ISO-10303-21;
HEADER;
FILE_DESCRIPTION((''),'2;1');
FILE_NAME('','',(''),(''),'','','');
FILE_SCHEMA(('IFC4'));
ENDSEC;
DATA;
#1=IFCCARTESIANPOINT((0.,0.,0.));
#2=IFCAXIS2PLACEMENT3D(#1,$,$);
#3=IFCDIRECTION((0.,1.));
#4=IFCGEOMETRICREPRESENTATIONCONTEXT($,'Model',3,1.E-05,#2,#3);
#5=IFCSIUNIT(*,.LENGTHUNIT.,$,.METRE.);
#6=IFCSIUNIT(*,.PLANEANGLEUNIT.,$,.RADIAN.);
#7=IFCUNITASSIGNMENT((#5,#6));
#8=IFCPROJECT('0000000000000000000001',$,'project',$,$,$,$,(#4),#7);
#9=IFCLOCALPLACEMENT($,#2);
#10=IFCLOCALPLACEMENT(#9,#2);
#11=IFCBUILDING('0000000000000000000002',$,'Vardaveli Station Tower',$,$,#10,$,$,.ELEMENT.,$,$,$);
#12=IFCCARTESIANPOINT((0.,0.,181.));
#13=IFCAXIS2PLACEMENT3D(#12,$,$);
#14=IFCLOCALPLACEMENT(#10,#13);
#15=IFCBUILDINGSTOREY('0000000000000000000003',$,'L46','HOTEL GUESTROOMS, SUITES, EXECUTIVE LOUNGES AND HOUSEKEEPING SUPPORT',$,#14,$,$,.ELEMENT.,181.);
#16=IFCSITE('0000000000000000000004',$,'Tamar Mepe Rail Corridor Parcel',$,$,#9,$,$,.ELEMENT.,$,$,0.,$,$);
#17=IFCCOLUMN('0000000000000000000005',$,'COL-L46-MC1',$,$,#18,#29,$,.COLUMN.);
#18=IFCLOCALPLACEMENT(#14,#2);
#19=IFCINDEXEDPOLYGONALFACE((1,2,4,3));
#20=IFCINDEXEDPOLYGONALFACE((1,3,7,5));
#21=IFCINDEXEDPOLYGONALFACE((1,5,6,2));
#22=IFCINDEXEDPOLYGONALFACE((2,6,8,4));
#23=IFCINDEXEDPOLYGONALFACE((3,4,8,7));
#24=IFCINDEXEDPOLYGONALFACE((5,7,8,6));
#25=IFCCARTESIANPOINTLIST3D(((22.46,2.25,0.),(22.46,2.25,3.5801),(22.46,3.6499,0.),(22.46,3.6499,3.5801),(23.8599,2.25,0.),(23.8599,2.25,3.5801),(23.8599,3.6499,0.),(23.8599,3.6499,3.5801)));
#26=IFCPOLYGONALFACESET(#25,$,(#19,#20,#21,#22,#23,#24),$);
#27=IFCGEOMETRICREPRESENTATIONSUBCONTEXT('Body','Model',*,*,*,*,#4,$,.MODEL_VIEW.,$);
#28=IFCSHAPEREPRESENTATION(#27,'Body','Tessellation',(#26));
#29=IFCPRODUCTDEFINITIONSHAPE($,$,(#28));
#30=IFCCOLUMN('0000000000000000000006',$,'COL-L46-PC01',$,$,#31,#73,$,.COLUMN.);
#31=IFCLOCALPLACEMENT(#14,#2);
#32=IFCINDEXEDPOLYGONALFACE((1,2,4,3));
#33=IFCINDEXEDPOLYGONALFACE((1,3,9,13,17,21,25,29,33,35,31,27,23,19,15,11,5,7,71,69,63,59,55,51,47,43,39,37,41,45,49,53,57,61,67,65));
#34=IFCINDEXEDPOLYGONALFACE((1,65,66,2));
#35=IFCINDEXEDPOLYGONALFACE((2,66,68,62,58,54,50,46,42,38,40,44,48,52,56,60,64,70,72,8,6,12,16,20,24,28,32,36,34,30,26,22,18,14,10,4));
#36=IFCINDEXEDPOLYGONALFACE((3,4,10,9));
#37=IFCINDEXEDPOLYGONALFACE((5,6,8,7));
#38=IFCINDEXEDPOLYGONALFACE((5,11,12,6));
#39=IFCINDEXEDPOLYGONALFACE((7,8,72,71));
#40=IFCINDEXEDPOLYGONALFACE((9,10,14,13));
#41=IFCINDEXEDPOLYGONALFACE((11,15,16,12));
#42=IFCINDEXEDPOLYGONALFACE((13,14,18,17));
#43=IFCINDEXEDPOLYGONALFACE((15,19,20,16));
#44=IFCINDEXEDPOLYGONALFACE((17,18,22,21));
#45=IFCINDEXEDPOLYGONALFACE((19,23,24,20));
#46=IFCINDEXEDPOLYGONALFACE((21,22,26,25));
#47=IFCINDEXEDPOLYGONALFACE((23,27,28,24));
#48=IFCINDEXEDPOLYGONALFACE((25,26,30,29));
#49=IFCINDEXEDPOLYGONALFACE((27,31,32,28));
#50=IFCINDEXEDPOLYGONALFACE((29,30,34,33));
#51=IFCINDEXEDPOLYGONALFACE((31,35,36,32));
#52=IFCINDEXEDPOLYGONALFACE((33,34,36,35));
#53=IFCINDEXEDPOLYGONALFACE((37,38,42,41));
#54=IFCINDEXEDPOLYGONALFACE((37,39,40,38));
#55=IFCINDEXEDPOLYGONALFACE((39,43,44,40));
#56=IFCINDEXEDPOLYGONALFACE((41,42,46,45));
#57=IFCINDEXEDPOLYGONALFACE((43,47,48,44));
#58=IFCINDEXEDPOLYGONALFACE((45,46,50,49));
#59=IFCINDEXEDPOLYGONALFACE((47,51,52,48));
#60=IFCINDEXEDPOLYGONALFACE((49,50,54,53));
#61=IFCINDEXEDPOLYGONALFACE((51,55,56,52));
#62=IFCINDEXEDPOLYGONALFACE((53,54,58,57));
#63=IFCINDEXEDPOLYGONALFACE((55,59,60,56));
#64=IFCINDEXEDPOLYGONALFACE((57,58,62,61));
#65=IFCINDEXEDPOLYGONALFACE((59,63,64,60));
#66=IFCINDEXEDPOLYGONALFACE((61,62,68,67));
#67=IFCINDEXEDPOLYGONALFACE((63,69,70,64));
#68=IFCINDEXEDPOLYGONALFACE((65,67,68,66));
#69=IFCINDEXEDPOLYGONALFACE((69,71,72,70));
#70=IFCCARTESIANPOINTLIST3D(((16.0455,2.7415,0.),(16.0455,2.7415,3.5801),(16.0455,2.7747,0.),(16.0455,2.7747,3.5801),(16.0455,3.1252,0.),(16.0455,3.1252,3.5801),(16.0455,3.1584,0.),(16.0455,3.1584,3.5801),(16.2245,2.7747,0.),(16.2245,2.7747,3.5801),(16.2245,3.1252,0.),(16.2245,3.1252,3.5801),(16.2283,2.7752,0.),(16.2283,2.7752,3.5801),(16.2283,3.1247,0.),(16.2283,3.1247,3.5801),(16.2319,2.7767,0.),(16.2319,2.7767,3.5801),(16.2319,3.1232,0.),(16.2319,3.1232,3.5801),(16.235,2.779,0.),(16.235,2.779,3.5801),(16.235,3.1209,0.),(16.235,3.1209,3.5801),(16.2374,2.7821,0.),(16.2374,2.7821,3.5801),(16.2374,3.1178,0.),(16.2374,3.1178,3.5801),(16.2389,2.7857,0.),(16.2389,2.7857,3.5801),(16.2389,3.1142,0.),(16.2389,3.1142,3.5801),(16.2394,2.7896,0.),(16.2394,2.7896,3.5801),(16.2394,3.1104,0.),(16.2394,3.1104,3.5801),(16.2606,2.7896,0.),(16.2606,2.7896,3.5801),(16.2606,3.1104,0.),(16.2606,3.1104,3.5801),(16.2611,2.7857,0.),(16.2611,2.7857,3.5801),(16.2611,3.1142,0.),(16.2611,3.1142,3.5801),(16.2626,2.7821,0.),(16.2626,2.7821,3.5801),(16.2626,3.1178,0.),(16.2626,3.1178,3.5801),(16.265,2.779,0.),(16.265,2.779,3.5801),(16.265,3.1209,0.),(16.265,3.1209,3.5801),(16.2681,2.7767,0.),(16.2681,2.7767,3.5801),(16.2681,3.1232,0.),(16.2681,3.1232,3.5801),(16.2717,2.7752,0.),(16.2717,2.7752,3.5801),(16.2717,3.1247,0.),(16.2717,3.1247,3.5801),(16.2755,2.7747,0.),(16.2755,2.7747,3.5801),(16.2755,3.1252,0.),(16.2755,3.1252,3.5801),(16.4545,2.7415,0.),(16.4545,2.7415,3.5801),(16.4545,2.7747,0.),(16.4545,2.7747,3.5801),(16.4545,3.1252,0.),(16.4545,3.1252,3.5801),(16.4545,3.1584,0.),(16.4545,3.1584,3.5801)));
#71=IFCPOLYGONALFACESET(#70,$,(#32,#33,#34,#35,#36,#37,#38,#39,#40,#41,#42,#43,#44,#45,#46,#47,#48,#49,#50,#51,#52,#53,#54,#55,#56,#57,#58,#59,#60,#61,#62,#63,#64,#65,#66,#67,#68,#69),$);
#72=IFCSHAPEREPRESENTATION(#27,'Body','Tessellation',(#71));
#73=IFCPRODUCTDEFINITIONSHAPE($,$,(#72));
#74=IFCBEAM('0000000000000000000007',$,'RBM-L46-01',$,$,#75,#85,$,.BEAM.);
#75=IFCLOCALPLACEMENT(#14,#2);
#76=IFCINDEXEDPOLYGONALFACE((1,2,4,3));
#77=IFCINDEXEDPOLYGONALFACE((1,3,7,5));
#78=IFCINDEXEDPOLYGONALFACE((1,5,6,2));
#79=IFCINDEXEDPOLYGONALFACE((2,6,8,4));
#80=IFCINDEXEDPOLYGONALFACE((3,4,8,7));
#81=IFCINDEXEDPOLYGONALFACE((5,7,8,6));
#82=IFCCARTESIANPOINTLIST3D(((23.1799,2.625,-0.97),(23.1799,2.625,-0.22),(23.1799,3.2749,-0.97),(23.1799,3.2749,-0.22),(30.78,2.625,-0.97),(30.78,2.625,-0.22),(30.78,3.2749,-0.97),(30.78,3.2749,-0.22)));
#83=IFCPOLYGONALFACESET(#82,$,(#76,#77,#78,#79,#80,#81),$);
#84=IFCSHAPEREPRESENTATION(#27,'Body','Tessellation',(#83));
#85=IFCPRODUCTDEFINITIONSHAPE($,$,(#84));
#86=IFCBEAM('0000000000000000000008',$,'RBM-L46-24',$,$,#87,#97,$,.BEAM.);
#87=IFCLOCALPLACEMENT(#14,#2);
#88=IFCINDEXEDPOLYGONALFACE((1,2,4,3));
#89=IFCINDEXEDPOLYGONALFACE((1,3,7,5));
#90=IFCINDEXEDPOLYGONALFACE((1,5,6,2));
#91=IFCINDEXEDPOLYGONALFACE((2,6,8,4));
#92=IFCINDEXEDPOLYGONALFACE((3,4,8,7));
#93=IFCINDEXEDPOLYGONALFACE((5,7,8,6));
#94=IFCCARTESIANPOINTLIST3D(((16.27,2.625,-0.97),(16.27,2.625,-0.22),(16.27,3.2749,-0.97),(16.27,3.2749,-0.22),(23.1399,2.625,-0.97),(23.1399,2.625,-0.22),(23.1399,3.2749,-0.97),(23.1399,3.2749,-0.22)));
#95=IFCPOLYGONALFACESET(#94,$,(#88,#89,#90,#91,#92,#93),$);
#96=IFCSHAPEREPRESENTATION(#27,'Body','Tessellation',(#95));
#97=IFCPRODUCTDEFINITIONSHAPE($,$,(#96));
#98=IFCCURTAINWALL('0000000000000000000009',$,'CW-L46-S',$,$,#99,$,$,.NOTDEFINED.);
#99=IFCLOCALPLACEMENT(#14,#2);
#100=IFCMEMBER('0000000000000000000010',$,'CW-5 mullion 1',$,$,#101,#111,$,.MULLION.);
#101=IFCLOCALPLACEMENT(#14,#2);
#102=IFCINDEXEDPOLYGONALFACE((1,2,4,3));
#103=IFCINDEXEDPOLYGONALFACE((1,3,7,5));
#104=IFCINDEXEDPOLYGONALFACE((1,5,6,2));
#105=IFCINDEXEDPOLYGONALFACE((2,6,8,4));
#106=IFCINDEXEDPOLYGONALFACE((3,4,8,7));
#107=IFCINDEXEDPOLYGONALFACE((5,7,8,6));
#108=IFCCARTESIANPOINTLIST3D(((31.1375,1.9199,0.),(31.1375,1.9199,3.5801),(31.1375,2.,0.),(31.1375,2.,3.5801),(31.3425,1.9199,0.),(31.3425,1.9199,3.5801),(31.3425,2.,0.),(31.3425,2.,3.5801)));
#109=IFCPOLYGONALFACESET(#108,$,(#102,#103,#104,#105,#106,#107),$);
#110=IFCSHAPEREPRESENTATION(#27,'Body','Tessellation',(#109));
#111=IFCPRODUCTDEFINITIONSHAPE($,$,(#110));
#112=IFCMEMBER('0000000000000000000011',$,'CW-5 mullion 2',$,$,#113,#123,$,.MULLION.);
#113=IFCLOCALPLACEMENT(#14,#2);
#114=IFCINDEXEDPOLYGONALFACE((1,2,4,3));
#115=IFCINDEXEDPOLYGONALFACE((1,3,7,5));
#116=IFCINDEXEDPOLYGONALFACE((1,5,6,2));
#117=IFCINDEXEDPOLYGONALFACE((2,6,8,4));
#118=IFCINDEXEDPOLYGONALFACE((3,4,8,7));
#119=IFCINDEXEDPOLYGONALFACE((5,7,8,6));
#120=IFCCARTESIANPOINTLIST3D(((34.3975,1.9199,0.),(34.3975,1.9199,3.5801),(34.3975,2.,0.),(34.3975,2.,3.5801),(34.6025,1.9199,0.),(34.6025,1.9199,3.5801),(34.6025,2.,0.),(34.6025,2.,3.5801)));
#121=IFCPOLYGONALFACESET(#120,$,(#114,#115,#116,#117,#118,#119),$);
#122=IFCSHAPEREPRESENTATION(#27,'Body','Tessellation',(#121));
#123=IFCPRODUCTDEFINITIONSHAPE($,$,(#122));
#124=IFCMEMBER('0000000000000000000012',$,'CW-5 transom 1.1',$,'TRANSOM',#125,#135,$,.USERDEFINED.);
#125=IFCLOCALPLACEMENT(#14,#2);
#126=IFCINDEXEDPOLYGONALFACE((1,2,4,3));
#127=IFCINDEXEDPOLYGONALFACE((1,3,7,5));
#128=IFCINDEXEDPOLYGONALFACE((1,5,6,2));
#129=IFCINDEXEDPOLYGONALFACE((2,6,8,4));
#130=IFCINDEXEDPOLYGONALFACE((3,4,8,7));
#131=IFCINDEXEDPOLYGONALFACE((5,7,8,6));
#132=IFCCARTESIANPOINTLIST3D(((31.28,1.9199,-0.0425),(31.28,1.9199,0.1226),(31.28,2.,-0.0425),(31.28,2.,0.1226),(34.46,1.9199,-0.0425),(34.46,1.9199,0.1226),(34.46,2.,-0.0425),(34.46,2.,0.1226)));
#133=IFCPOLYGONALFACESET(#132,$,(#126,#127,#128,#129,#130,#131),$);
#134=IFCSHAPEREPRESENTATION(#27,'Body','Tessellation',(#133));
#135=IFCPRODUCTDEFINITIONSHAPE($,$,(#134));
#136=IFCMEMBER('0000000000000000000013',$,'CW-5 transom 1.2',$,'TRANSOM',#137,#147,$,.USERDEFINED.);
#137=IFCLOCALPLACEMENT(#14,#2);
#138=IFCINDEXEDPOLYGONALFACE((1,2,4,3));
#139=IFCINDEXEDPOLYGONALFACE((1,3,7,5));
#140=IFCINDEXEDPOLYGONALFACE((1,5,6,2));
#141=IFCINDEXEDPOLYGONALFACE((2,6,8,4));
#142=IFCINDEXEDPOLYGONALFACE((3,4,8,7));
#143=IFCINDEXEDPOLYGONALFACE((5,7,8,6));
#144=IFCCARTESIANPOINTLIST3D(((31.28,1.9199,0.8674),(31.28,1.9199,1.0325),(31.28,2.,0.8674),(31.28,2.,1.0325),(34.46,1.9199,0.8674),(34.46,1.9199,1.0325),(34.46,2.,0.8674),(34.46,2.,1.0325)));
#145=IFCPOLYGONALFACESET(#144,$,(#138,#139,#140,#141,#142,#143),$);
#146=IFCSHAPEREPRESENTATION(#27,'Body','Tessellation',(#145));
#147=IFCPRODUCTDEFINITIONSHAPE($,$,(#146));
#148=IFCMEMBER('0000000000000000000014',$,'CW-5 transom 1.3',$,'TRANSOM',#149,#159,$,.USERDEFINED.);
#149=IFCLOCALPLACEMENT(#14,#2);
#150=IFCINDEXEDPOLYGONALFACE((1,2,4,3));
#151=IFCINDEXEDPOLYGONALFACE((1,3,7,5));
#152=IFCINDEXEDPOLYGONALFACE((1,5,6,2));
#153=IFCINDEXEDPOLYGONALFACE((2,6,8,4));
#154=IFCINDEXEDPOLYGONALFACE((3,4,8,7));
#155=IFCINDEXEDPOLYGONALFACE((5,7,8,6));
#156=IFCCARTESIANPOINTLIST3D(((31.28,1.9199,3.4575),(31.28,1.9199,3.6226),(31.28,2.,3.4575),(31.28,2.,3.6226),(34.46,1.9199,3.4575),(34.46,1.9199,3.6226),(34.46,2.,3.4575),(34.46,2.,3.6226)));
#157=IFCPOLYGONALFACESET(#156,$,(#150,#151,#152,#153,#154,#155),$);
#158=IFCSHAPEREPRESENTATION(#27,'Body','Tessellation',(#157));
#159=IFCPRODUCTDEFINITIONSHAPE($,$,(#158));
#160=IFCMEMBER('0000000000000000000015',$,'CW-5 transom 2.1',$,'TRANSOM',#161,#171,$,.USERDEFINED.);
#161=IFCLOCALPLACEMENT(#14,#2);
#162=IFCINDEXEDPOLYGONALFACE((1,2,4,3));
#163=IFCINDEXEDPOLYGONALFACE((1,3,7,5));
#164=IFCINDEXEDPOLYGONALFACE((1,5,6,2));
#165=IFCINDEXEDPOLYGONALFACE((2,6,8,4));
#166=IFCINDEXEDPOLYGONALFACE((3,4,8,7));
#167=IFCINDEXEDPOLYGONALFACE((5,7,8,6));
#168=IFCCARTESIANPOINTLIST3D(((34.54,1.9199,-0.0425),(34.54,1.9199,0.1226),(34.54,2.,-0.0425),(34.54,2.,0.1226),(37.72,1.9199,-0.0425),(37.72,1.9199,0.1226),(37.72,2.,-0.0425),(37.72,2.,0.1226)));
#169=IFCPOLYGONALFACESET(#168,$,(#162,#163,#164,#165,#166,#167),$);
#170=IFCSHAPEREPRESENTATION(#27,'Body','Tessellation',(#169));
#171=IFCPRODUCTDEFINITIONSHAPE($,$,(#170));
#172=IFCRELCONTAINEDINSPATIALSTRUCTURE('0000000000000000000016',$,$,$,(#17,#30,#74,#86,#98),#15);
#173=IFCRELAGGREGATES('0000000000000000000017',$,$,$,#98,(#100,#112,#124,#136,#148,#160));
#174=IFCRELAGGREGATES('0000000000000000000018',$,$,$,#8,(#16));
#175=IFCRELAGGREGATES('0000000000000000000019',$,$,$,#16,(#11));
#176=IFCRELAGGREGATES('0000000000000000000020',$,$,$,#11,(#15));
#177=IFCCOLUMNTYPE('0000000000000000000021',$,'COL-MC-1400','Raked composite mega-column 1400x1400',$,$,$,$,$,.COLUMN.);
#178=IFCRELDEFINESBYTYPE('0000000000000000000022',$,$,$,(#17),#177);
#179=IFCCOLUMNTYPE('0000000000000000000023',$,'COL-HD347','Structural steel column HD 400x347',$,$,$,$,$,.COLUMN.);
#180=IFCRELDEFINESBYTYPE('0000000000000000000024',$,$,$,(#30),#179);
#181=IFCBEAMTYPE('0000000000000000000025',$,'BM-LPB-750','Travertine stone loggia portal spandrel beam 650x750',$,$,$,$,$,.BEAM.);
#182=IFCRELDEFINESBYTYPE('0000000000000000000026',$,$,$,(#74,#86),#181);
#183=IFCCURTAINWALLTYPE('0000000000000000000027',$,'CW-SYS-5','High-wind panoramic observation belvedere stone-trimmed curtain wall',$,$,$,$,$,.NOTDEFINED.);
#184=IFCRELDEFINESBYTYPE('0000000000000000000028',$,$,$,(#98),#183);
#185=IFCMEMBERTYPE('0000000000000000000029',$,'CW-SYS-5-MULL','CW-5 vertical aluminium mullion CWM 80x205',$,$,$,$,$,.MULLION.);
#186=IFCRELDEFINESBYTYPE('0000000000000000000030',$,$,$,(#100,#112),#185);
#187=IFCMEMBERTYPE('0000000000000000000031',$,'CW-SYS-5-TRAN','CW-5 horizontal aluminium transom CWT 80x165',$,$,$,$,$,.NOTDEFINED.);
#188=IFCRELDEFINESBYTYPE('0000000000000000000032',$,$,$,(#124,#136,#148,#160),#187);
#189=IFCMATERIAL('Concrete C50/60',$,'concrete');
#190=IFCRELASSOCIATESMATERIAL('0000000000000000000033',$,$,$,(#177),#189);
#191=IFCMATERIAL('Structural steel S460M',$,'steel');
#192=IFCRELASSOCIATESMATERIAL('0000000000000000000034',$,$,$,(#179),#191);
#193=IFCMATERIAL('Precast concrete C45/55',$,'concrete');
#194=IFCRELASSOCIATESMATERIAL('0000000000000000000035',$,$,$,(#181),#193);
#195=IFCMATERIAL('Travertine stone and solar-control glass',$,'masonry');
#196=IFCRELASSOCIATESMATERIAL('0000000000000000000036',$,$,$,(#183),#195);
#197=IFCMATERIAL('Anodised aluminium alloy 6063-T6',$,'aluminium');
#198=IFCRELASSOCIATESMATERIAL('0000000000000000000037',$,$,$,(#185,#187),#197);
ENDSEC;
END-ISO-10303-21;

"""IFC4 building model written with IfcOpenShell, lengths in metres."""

from ifc_helpers import new_model, si_unit, direction, frame, origin, origin_2d, place, context, subcontext, project, spatial, rectangle, i_section, extrude, source, transform, mapped, material, material_profile, profile_set, type_object, element, aggregate, save


model = new_model("IFC4")

# Units and contexts
model_context = context("Model", 3, precision=1e-05, world=origin(), true_north=direction((0.0, 1.0)))
body_context = subcontext(model_context, "Body", "Model", "MODEL_VIEW")
ifc_project = project(units=[si_unit("LENGTHUNIT", "METRE"), si_unit("PLANEANGLEUNIT", "RADIAN")], contexts=[model_context])

# Site, building, storey
site_placement = place(None, origin())
site = spatial("IfcSite", under=ifc_project, at=site_placement, Name="Tamar Mepe Rail Corridor Parcel", CompositionType="ELEMENT", RefElevation=0.0)
building_placement = place(site_placement, origin())
building = spatial("IfcBuilding", under=site, at=building_placement, Name="Vardaveli Station Tower", CompositionType="ELEMENT")
storey_placement = place(building_placement, frame((0.0, 0.0, 181.0)))
storey = spatial("IfcBuildingStorey", under=building, at=storey_placement, Name="L46", Description="HOTEL GUESTROOMS, SUITES, EXECUTIVE LOUNGES AND HOUSEKEEPING SUPPORT", CompositionType="ELEMENT", Elevation=181.0)

# Columns
ifc_material_1 = material(Name="Concrete C50/60", Category="concrete")
ifc_material_profile_1 = material_profile(ifc_material_1, rectangle(XDim=1.3999, YDim=1.3999, at=origin_2d()), Name="MC 1400x1400")
ifc_profile_set_1 = profile_set([ifc_material_profile_1], Name="Concrete C50/60")
column_type_1 = type_object("IfcColumnType", Name="COL-MC-1400", Description="Raked composite mega-column 1400x1400", PredefinedType="COLUMN", material=ifc_profile_set_1)
shared_shape_1 = source(origin(), body_context, "Body", "SweptSolid", [
    extrude(rectangle(XDim=1.3999, YDim=1.3999, at=origin_2d()), origin(), (0.0, 0.0, 1.0), 3.5801),
])
column_1_placement = place(storey_placement, frame((23.1599, 2.95, 0.0), z_axis=(0.0, 0.0, 1.0), x_axis=(1.0, 0.0, 0.0)))
element("IfcColumn", 1, at=column_1_placement, inside=storey, type_object=column_type_1, Name="COL-L46-MC1", PredefinedType="COLUMN", context=body_context, shape_type="MappedRepresentation", body=[
    mapped(shared_shape_1, transform((0.0, 0.0, 0.0), scale=1.0)),
])
ifc_material_2 = material(Name="Structural steel S460M", Category="steel")
ifc_material_profile_2 = material_profile(ifc_material_2, i_section(OverallWidth=0.4089, OverallDepth=0.417, WebThickness=0.0212, FlangeThickness=0.0332, FilletRadius=0.0149, at=origin_2d()), Name="HD 400x347")
ifc_profile_set_2 = profile_set([ifc_material_profile_2], Name="Structural steel S460M")
column_type_2 = type_object("IfcColumnType", Name="COL-HD347", Description="Structural steel column HD 400x347", PredefinedType="COLUMN", material=ifc_profile_set_2)
shared_shape_2 = source(origin(), body_context, "Body", "SweptSolid", [
    extrude(i_section(OverallWidth=0.4089, OverallDepth=0.417, WebThickness=0.0212, FlangeThickness=0.0332, FilletRadius=0.0149, at=origin_2d()), origin(), (0.0, 0.0, 1.0), 3.5801),
])
column_2_placement = place(storey_placement, frame((16.25, 2.95, 0.0), z_axis=(0.0, 0.0, 1.0), x_axis=(1.0, 0.0, 0.0)))
element("IfcColumn", 2, at=column_2_placement, inside=storey, type_object=column_type_2, Name="COL-L46-PC01", PredefinedType="COLUMN", context=body_context, shape_type="MappedRepresentation", body=[
    mapped(shared_shape_2, transform((0.0, 0.0, 0.0), scale=1.0)),
])

# Beams
ifc_material_3 = material(Name="Precast concrete C45/55", Category="concrete")
ifc_material_profile_3 = material_profile(ifc_material_3, rectangle(XDim=0.6499, YDim=0.75, at=origin_2d()), Name="LPB 650x750")
ifc_profile_set_3 = profile_set([ifc_material_profile_3], Name="Precast concrete C45/55")
beam_type = type_object("IfcBeamType", Name="BM-LPB-750", Description="Travertine stone loggia portal spandrel beam 650x750", PredefinedType="BEAM", material=ifc_profile_set_3)
shared_shape_3 = source(origin(), body_context, "Body", "SweptSolid", [
    extrude(rectangle(XDim=0.6499, YDim=0.75, at=origin_2d()), origin(), (0.0, 0.0, 1.0), 7.6001),
])
beam_1_placement = place(storey_placement, frame((23.1799, 2.95, -0.595), z_axis=(1.0, 0.0, 0.0), x_axis=(0.0, 1.0, 0.0)))
element("IfcBeam", 3, at=beam_1_placement, inside=storey, type_object=beam_type, Name="RBM-L46-01", PredefinedType="BEAM", context=body_context, shape_type="MappedRepresentation", body=[
    mapped(shared_shape_3, transform((0.0, 0.0, 0.0), scale=1.0)),
])
shared_shape_4 = source(origin(), body_context, "Body", "SweptSolid", [
    extrude(rectangle(XDim=0.6499, YDim=0.75, at=origin_2d()), origin(), (0.0, 0.0, 1.0), 6.8699),
])
beam_2_placement = place(storey_placement, frame((16.27, 2.95, -0.595), z_axis=(1.0, 0.0, 0.0), x_axis=(0.0, 1.0, 0.0)))
element("IfcBeam", 4, at=beam_2_placement, inside=storey, type_object=beam_type, Name="RBM-L46-24", PredefinedType="BEAM", context=body_context, shape_type="MappedRepresentation", body=[
    mapped(shared_shape_4, transform((0.0, 0.0, 0.0), scale=1.0)),
])

# Curtain wall, members
ifc_material_4 = material(Name="Travertine stone and solar-control glass", Category="masonry")
curtain_wall_type = type_object("IfcCurtainWallType", Name="CW-SYS-5", Description="High-wind panoramic observation belvedere stone-trimmed curtain wall", PredefinedType="NOTDEFINED", material=ifc_material_4)
curtain_wall_placement = place(storey_placement, origin())
curtain_wall = element("IfcCurtainWall", 5, at=curtain_wall_placement, inside=storey, type_object=curtain_wall_type, Name="CW-L46-S", PredefinedType="NOTDEFINED")
ifc_material_5 = material(Name="Anodised aluminium alloy 6063-T6", Category="aluminium")
ifc_material_profile_4 = material_profile(ifc_material_5, rectangle(XDim=0.0801, YDim=0.2051, at=origin_2d()), Name="CWM 80x205")
ifc_profile_set_4 = profile_set([ifc_material_profile_4], Name="Anodised aluminium alloy 6063-T6")
member_type_1 = type_object("IfcMemberType", Name="CW-SYS-5-MULL", Description="CW-5 vertical aluminium mullion CWM 80x205", PredefinedType="MULLION", material=ifc_profile_set_4)
shared_shape_5 = source(origin(), body_context, "Body", "SweptSolid", [
    extrude(rectangle(XDim=0.0801, YDim=0.2051, at=origin_2d()), origin(), (0.0, 0.0, 1.0), 3.5801),
])
member_1_placement = place(storey_placement, frame((31.24, 1.96, 0.0), z_axis=(0.0, 0.0, 1.0), x_axis=(0.0, 1.0, 0.0)))
member_1 = element("IfcMember", 6, at=member_1_placement, type_object=member_type_1, Name="CW-5 mullion 1", PredefinedType="MULLION", context=body_context, shape_type="MappedRepresentation", body=[
    mapped(shared_shape_5, transform((0.0, 0.0, 0.0), scale=1.0)),
])
member_2_placement = place(storey_placement, frame((34.5, 1.96, 0.0), z_axis=(0.0, 0.0, 1.0), x_axis=(0.0, 1.0, 0.0)))
member_2 = element("IfcMember", 7, at=member_2_placement, type_object=member_type_1, Name="CW-5 mullion 2", PredefinedType="MULLION", context=body_context, shape_type="MappedRepresentation", body=[
    mapped(shared_shape_5, transform((0.0, 0.0, 0.0), scale=1.0)),
])
ifc_material_profile_5 = material_profile(ifc_material_5, rectangle(XDim=0.0801, YDim=0.165, at=origin_2d()), Name="CWT 80x165")
ifc_profile_set_5 = profile_set([ifc_material_profile_5], Name="Anodised aluminium alloy 6063-T6")
member_type_2 = type_object("IfcMemberType", Name="CW-SYS-5-TRAN", Description="CW-5 horizontal aluminium transom CWT 80x165", PredefinedType="NOTDEFINED", material=ifc_profile_set_5)
shared_shape_6 = source(origin(), body_context, "Body", "SweptSolid", [
    extrude(rectangle(XDim=0.0801, YDim=0.165, at=origin_2d()), origin(), (0.0, 0.0, 1.0), 3.1799),
])
member_3_placement = place(storey_placement, frame((31.28, 1.96, 0.04), z_axis=(1.0, 0.0, 0.0), x_axis=(0.0, 1.0, 0.0)))
member_3 = element("IfcMember", 8, at=member_3_placement, type_object=member_type_2, Name="CW-5 transom 1.1", ObjectType="TRANSOM", PredefinedType="USERDEFINED", context=body_context, shape_type="MappedRepresentation", body=[
    mapped(shared_shape_6, transform((0.0, 0.0, 0.0), scale=1.0)),
])
member_4_placement = place(storey_placement, frame((31.28, 1.96, 0.95), z_axis=(1.0, 0.0, 0.0), x_axis=(0.0, 1.0, 0.0)))
member_4 = element("IfcMember", 9, at=member_4_placement, type_object=member_type_2, Name="CW-5 transom 1.2", ObjectType="TRANSOM", PredefinedType="USERDEFINED", context=body_context, shape_type="MappedRepresentation", body=[
    mapped(shared_shape_6, transform((0.0, 0.0, 0.0), scale=1.0)),
])
member_5_placement = place(storey_placement, frame((31.28, 1.96, 3.54), z_axis=(1.0, 0.0, 0.0), x_axis=(0.0, 1.0, 0.0)))
member_5 = element("IfcMember", 10, at=member_5_placement, type_object=member_type_2, Name="CW-5 transom 1.3", ObjectType="TRANSOM", PredefinedType="USERDEFINED", context=body_context, shape_type="MappedRepresentation", body=[
    mapped(shared_shape_6, transform((0.0, 0.0, 0.0), scale=1.0)),
])
member_6_placement = place(storey_placement, frame((34.54, 1.96, 0.04), z_axis=(1.0, 0.0, 0.0), x_axis=(0.0, 1.0, 0.0)))
member_6 = element("IfcMember", 11, at=member_6_placement, type_object=member_type_2, Name="CW-5 transom 2.1", ObjectType="TRANSOM", PredefinedType="USERDEFINED", context=body_context, shape_type="MappedRepresentation", body=[
    mapped(shared_shape_6, transform((0.0, 0.0, 0.0), scale=1.0)),
])

aggregate(curtain_wall, [member_1, member_2, member_3, member_4, member_5, member_6])

save(model, "model.ifc")
